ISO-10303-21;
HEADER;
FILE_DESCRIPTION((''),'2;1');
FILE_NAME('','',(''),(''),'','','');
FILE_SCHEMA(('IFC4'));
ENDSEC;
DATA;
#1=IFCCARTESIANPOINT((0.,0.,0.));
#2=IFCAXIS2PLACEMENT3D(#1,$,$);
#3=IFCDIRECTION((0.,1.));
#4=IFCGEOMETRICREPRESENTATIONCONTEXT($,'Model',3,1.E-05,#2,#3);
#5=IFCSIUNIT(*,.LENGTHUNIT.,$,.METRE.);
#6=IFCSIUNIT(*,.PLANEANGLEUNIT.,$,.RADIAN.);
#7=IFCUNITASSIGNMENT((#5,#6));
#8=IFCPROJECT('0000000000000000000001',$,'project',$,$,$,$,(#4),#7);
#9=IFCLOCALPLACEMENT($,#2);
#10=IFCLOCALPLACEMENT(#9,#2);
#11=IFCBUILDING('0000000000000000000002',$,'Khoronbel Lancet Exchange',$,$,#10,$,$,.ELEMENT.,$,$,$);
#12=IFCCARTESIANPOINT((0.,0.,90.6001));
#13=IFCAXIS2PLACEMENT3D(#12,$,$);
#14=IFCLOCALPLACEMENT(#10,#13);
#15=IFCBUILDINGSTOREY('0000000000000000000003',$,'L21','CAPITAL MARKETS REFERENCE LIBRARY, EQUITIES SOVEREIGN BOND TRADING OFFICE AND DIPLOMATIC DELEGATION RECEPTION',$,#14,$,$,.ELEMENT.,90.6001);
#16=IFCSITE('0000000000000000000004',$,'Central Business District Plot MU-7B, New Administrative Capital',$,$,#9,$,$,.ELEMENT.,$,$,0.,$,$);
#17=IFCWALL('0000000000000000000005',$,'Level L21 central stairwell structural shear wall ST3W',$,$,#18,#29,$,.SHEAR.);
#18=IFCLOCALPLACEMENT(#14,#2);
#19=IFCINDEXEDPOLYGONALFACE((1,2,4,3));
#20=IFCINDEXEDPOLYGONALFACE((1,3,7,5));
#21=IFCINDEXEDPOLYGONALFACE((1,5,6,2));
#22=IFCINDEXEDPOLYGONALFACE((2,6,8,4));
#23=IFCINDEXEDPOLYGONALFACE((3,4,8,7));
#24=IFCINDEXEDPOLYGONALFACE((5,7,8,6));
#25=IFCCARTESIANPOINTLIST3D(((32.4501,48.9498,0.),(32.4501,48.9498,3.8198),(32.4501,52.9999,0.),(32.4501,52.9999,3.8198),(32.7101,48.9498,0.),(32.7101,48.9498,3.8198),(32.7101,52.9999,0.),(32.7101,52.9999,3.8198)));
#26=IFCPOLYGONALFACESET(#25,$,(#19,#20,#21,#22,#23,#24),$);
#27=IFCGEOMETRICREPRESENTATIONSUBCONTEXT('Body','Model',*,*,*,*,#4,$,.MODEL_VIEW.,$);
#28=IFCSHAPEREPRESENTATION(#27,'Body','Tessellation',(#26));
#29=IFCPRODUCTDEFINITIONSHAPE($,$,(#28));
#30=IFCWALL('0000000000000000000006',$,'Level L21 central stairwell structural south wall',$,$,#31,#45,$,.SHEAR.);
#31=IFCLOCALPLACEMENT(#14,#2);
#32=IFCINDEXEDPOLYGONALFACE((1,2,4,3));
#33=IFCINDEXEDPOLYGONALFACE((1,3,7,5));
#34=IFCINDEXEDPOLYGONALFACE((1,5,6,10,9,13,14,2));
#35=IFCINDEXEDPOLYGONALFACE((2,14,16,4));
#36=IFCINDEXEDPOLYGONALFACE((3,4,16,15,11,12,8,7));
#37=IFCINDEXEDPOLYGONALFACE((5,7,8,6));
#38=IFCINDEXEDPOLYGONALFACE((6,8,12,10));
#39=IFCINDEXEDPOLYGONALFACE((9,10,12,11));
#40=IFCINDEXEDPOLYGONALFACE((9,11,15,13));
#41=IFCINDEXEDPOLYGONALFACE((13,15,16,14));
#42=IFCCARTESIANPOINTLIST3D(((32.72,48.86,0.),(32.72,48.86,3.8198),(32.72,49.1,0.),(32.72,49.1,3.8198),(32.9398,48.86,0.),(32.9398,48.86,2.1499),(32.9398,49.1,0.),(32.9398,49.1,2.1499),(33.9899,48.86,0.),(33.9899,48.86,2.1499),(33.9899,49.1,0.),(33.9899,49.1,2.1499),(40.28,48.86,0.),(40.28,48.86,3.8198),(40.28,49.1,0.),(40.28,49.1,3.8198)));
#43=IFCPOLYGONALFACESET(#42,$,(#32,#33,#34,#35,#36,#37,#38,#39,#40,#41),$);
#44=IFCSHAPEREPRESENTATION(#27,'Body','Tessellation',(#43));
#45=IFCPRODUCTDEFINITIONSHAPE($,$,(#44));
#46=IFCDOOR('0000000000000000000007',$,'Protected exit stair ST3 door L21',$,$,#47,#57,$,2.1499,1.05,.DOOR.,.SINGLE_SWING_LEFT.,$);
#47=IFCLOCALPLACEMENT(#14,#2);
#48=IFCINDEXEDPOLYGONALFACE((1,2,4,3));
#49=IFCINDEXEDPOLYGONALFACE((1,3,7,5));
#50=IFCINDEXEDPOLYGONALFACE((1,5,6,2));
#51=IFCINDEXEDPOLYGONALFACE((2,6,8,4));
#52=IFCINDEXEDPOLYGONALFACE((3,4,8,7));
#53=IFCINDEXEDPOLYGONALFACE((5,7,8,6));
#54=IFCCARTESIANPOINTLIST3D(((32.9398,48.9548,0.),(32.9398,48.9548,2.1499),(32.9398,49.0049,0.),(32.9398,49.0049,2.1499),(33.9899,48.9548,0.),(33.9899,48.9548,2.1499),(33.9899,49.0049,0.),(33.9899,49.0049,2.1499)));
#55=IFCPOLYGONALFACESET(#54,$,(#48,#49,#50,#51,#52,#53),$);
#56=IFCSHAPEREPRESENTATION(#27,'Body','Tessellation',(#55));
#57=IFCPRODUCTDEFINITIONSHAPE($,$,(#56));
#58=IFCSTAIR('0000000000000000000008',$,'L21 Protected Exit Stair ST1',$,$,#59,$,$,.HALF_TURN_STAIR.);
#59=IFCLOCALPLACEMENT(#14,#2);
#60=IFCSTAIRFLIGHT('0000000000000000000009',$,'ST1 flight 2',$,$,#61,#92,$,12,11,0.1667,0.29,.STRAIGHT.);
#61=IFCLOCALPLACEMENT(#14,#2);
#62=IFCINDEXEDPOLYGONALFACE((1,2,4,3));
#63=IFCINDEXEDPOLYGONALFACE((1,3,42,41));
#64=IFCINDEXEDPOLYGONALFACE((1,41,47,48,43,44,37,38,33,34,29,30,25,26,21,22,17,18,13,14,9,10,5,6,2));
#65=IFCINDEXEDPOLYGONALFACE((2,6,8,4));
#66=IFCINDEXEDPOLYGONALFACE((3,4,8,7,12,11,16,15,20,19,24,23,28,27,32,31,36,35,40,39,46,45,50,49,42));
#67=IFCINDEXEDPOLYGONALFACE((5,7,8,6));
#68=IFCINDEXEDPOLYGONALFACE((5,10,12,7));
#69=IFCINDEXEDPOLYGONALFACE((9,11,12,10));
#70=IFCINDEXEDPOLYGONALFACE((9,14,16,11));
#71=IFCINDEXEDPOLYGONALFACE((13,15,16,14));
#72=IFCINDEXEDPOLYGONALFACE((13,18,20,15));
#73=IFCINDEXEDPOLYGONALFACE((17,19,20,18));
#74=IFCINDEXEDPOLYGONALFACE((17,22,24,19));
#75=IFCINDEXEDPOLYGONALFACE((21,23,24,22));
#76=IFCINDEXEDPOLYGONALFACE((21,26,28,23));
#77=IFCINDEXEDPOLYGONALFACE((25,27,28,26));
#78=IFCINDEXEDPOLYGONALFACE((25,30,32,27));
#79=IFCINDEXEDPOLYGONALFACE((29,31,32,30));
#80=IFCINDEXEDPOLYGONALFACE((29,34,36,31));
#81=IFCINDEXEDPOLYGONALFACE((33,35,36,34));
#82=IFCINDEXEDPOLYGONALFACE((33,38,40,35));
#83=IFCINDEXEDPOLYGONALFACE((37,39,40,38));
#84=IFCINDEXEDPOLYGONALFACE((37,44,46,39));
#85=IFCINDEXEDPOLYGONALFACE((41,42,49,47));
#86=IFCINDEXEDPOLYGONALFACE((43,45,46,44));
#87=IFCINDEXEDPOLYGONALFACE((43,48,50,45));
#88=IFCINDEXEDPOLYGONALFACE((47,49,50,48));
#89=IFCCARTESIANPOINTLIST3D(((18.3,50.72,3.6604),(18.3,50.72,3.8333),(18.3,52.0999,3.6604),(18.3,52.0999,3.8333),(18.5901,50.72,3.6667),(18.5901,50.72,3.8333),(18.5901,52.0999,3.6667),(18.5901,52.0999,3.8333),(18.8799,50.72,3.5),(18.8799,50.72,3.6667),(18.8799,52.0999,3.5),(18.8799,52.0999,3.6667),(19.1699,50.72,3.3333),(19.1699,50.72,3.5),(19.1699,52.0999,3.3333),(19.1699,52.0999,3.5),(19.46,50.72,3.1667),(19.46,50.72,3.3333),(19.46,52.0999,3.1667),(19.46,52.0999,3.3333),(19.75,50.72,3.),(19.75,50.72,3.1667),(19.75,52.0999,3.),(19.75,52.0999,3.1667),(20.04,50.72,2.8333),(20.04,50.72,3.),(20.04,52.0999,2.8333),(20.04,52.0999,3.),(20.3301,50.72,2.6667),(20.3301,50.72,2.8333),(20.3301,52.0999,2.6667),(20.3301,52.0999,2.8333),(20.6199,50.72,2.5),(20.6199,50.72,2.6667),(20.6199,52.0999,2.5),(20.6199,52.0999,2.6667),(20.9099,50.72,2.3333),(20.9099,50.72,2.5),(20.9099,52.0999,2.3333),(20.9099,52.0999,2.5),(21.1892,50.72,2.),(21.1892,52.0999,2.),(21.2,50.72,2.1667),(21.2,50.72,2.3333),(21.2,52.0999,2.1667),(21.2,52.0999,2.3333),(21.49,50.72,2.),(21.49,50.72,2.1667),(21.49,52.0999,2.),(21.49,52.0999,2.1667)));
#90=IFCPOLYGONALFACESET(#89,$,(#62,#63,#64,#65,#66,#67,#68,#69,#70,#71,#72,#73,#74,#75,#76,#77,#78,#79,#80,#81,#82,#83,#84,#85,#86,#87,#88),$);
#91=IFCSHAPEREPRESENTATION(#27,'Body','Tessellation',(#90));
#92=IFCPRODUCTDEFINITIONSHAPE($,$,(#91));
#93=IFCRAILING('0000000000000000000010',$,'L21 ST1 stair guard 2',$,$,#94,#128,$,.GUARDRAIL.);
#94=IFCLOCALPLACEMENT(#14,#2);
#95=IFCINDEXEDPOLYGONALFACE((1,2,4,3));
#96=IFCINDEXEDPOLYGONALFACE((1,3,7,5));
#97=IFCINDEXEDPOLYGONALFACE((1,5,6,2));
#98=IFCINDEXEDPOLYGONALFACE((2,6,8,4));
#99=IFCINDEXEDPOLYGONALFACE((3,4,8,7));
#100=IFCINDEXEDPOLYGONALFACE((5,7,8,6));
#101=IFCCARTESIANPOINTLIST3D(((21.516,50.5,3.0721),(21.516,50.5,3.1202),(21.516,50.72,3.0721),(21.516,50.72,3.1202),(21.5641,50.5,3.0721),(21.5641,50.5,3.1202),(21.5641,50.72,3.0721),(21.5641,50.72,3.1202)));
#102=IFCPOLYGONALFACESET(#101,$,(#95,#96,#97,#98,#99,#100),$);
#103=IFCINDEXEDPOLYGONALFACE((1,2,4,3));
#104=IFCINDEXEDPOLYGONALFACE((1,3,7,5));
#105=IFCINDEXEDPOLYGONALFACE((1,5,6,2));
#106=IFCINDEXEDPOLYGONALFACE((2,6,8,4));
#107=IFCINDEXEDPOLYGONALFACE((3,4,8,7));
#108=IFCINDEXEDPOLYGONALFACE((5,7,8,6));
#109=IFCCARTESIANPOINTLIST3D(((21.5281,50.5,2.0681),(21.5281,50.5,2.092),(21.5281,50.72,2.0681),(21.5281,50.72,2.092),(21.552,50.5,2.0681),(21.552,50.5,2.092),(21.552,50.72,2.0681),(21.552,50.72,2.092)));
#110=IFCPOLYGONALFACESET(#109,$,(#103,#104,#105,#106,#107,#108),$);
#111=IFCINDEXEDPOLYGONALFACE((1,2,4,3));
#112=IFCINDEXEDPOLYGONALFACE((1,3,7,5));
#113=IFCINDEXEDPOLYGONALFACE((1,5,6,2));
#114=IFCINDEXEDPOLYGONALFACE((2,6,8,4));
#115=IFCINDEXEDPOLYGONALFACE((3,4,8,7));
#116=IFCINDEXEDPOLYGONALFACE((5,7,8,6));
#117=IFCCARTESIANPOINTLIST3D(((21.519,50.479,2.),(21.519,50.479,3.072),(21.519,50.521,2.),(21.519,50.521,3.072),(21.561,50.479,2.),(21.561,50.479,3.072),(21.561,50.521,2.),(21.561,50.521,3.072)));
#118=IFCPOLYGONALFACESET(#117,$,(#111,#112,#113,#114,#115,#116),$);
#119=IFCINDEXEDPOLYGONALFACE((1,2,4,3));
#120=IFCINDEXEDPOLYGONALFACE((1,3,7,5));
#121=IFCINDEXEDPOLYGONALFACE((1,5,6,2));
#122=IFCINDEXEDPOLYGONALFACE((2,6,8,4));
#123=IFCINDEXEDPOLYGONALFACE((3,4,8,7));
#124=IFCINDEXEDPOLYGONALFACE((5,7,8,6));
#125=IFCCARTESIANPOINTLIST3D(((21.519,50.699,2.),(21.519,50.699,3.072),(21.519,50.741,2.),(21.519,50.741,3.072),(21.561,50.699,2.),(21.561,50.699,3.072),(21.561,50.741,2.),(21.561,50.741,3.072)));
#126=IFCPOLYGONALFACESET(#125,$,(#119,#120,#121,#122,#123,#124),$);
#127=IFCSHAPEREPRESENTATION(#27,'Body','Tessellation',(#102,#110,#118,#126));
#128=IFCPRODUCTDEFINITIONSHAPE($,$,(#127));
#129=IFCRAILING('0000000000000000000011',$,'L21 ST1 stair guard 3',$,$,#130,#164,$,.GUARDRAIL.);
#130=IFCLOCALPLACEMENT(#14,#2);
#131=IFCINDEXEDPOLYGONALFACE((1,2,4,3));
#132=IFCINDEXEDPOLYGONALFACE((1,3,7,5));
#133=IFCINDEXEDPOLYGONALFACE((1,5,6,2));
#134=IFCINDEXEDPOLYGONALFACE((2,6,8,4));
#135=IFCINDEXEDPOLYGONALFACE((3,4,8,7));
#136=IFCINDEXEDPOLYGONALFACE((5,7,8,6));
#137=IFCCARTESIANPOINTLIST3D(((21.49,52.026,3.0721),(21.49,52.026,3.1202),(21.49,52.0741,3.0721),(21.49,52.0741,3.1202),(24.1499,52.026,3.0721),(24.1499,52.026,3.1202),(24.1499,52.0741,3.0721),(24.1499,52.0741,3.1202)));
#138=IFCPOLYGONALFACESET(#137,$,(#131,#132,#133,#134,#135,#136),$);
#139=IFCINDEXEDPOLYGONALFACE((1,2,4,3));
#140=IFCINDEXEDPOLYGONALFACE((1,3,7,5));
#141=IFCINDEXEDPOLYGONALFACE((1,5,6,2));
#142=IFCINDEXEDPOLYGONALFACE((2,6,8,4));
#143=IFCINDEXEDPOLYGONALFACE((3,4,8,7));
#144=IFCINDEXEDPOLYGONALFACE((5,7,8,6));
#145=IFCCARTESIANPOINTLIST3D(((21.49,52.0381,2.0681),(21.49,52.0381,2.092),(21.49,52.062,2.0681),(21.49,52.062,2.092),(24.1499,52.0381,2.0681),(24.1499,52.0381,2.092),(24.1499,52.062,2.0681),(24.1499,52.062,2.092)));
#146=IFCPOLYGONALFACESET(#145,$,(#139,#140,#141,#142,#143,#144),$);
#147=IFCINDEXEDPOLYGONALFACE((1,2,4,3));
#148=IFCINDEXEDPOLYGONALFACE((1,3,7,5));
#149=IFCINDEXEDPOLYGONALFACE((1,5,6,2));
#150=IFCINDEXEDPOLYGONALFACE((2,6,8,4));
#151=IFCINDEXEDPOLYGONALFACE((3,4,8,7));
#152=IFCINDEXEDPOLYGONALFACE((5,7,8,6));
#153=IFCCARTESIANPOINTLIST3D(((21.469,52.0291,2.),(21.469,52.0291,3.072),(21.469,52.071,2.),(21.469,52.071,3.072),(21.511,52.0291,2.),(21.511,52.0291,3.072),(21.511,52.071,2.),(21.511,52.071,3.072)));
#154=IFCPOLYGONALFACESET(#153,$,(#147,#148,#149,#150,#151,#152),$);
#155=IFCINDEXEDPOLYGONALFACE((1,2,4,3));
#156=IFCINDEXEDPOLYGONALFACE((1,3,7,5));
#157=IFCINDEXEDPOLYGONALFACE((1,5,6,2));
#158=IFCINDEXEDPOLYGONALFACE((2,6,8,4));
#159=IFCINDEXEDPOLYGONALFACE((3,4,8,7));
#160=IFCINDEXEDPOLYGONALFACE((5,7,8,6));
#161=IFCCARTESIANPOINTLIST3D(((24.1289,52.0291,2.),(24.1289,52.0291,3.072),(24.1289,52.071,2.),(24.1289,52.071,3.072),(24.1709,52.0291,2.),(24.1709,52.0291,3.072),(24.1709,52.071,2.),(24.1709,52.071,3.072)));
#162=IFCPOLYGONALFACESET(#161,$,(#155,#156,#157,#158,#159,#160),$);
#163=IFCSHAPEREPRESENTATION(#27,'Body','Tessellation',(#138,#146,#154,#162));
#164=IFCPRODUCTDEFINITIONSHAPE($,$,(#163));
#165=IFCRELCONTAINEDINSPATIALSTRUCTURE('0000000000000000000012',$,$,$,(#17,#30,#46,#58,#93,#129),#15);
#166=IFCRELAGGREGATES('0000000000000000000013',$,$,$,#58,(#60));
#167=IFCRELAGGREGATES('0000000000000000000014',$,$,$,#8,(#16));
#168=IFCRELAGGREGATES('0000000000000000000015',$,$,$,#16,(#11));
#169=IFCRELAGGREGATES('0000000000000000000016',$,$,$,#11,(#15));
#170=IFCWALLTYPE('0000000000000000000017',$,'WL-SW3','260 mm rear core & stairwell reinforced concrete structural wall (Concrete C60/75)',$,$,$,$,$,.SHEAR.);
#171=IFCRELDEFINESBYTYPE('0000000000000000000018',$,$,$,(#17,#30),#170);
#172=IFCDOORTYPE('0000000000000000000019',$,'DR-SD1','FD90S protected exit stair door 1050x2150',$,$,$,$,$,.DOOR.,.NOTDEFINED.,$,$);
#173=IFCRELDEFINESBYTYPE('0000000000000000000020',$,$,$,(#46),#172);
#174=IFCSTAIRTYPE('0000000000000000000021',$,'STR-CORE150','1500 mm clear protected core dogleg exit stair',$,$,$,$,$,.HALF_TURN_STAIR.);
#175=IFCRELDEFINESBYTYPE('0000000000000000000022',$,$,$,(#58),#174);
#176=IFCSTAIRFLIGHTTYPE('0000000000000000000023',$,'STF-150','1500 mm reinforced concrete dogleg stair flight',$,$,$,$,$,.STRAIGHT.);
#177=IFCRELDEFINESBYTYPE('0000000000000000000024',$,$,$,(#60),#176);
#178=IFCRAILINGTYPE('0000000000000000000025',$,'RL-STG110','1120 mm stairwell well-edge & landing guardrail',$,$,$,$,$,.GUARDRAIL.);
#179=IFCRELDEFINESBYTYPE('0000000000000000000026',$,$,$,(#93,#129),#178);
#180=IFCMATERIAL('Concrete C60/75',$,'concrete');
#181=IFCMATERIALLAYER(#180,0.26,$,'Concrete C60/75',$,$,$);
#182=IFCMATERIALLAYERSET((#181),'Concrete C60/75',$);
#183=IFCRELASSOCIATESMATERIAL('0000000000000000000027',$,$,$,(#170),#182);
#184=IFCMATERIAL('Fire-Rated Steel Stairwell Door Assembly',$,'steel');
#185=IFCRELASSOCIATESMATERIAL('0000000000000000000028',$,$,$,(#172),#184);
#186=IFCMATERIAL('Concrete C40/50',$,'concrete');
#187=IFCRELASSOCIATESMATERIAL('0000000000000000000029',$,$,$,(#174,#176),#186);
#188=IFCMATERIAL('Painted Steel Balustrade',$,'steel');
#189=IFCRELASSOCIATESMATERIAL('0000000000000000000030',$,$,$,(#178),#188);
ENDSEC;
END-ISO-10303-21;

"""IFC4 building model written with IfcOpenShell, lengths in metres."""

from ifc_helpers import new_model, si_unit, direction, frame, frame_2d, origin, origin_2d, place, context, subcontext, project, spatial, polyline, rectangle, outline, extrude, material, layer, layer_set, type_object, element, fill, aggregate, save


model = new_model("IFC4")

# Units and contexts
model_context = context("Model", 3, precision=1e-05, world=origin(), true_north=direction((0.0, 1.0)))
body_context = subcontext(model_context, "Body", "Model", "MODEL_VIEW")
ifc_project = project(units=[si_unit("LENGTHUNIT", "METRE"), si_unit("PLANEANGLEUNIT", "RADIAN")], contexts=[model_context])

# Site, building, storey
site_placement = place(None, origin())
site = spatial("IfcSite", under=ifc_project, at=site_placement, Name="Central Business District Plot MU-7B, New Administrative Capital", CompositionType="ELEMENT", RefElevation=0.0)
building_placement = place(site_placement, origin())
building = spatial("IfcBuilding", under=site, at=building_placement, Name="Khoronbel Lancet Exchange", CompositionType="ELEMENT")
storey_placement = place(building_placement, frame((0.0, 0.0, 90.6001)))
storey = spatial("IfcBuildingStorey", under=building, at=storey_placement, Name="L21", Description="CAPITAL MARKETS REFERENCE LIBRARY, EQUITIES SOVEREIGN BOND TRADING OFFICE AND DIPLOMATIC DELEGATION RECEPTION", CompositionType="ELEMENT", Elevation=90.6001)

# Wall
ifc_material_1 = material(Name="Concrete C60/75", Category="concrete")
ifc_layer_1 = layer(ifc_material_1, 0.26, Name="Concrete C60/75")
ifc_layer_set_1 = layer_set([ifc_layer_1], Name="Concrete C60/75")
wall_type_1 = type_object("IfcWallType", Name="WL-SW3", Description="260 mm rear core & stairwell reinforced concrete structural wall (Concrete C60/75)", PredefinedType="SHEAR", material=ifc_layer_set_1)
wall_1_placement = place(storey_placement, frame((32.5801, 48.95, 0.0), z_axis=(0.0, 0.0, 1.0), x_axis=(0.0, 1.0, 0.0)))
element("IfcWall", 1, at=wall_1_placement, inside=storey, type_object=wall_type_1, Name="Level L21 central stairwell structural shear wall ST3W", PredefinedType="SHEAR", context=body_context, shape_type="SweptSolid", body=[
    extrude(rectangle(XDim=4.05, YDim=0.26, at=frame_2d((2.0249, 0.0))), origin(), (0.0, 0.0, 1.0), 3.8198),
])

# Wall, opening, door
wall_2_placement = place(storey_placement, frame((32.72, 48.98, 0.0), z_axis=(0.0, 0.0, 1.0), x_axis=(1.0, 0.0, 0.0)))
wall_2 = element("IfcWall", 2, at=wall_2_placement, inside=storey, type_object=wall_type_1, Name="Level L21 central stairwell structural south wall", PredefinedType="SHEAR", context=body_context, shape_type="SweptSolid", body=[
    extrude(rectangle(XDim=7.5601, YDim=0.24, at=frame_2d((3.78, 0.0))), origin(), (0.0, 0.0, 1.0), 3.8198),
])
opening_1_placement = place(wall_2_placement, frame((0.22, 0.0, 0.0)))
opening_1 = element("IfcOpeningElement", 3, at=opening_1_placement, cuts=wall_2, PredefinedType="OPENING", context=body_context, shape_type="SweptSolid", body=[
    extrude(rectangle(XDim=1.05, YDim=2.1499, at=frame_2d((0.5249, 1.075))), frame((0.0, 0.1299, 0.0), z_axis=(0.0, -1.0, 0.0), x_axis=(1.0, 0.0, 0.0)), (0.0, 0.0, 1.0), 0.26),
])
ifc_material_2 = material(Name="Fire-Rated Steel Stairwell Door Assembly", Category="steel")
door_type_1 = type_object("IfcDoorType", Name="DR-SD1", Description="FD90S protected exit stair door 1050x2150", OperationType="NOTDEFINED", PredefinedType="DOOR", material=ifc_material_2)
door_1_placement = place(opening_1_placement, origin())
door_1 = element("IfcDoor", 4, at=door_1_placement, inside=storey, type_object=door_type_1, Name="Protected exit stair ST3 door L21", OperationType="SINGLE_SWING_LEFT", OverallHeight=2.1499, OverallWidth=1.05, PredefinedType="DOOR", context=body_context, shape_type="SweptSolid", body=[
    extrude(rectangle(XDim=1.05, YDim=2.1499, at=frame_2d((0.5249, 1.075))), frame((0.0, 0.0249, 0.0), z_axis=(0.0, -1.0, 0.0), x_axis=(1.0, 0.0, 0.0)), (0.0, 0.0, 1.0), 0.05),
])
fill(opening_1, door_1)

# Stair, stair flight
ifc_material_3 = material(Name="Concrete C40/50", Category="concrete")
stair_type = type_object("IfcStairType", Name="STR-CORE150", Description="1500 mm clear protected core dogleg exit stair", PredefinedType="HALF_TURN_STAIR", material=ifc_material_3)
stair_placement = place(storey_placement, origin())
stair = element("IfcStair", 5, at=stair_placement, inside=storey, type_object=stair_type, Name="L21 Protected Exit Stair ST1", PredefinedType="HALF_TURN_STAIR")
stair_flight_type = type_object("IfcStairFlightType", Name="STF-150", Description="1500 mm reinforced concrete dogleg stair flight", PredefinedType="STRAIGHT", material=ifc_material_3)
stair_flight_placement = place(storey_placement, frame((21.49, 51.4099, 2.0), z_axis=(0.0, 0.0, 1.0), x_axis=(-1.0, 0.0, 0.0)))
stair_flight = element("IfcStairFlight", 6, at=stair_flight_placement, type_object=stair_flight_type, Name="ST1 flight 2", NumberOfRisers=12, NumberOfTreads=11, PredefinedType="STRAIGHT", RiserHeight=0.1667, TreadLength=0.29, context=body_context, shape_type="SweptSolid", body=[
    extrude(outline(polyline([(0.0, 0.0), (0.0, 0.1667), (0.29, 0.1667), (0.29, 0.3333), (0.5801, 0.3333), (0.5801, 0.5), (0.8701, 0.5), (0.8701, 0.6667), (1.1599, 0.6667), (1.1599, 0.8333), (1.45, 0.8333), (1.45, 1.0), (1.74, 1.0), (1.74, 1.1667), (2.03, 1.1667), (2.03, 1.3333), (2.3201, 1.3333), (2.3201, 1.5), (2.6101, 1.5), (2.6101, 1.6667), (2.8999, 1.6667), (2.8999, 1.8333), (3.1899, 1.8333), (3.1899, 2.0), (3.1899, 1.6604), (0.3008, 0.0), (0.0, 0.0)])), frame((0.0, 0.6899, 0.0), z_axis=(0.0, -1.0, 0.0), x_axis=(1.0, 0.0, 0.0)), (0.0, 0.0, 1.0), 1.3799),
])
aggregate(stair, [stair_flight])

# Railings
ifc_material_4 = material(Name="Painted Steel Balustrade", Category="steel")
railing_type_1 = type_object("IfcRailingType", Name="RL-STG110", Description="1120 mm stairwell well-edge & landing guardrail", PredefinedType="GUARDRAIL", material=ifc_material_4)
railing_1_placement = place(storey_placement, frame((21.54, 50.5, 2.0)))
element("IfcRailing", 7, at=railing_1_placement, inside=storey, type_object=railing_type_1, Name="L21 ST1 stair guard 2", PredefinedType="GUARDRAIL", context=body_context, shape_type="SweptSolid", body=[
    extrude(rectangle(XDim=0.0481, YDim=0.0481, at=origin_2d()), frame((0.0, 0.0, 1.0962), z_axis=(0.0, 1.0, 0.0), x_axis=(-1.0, 0.0, 0.0)), (0.0, 0.0, 1.0), 0.22),
    extrude(rectangle(XDim=0.0239, YDim=0.0239, at=origin_2d()), frame((0.0, 0.0, 0.0801), z_axis=(0.0, 1.0, 0.0), x_axis=(-1.0, 0.0, 0.0)), (0.0, 0.0, 1.0), 0.22),
    extrude(rectangle(XDim=0.042, YDim=0.042, at=origin_2d()), origin(), (0.0, 0.0, 1.0), 1.072),
    extrude(rectangle(XDim=0.042, YDim=0.042, at=origin_2d()), frame((0.0, 0.22, 0.0)), (0.0, 0.0, 1.0), 1.072),
])
railing_2_placement = place(storey_placement, frame((21.49, 52.05, 2.0)))
element("IfcRailing", 8, at=railing_2_placement, inside=storey, type_object=railing_type_1, Name="L21 ST1 stair guard 3", PredefinedType="GUARDRAIL", context=body_context, shape_type="SweptSolid", body=[
    extrude(rectangle(XDim=0.0481, YDim=0.0481, at=origin_2d()), frame((0.0, 0.0, 1.0962), z_axis=(1.0, 0.0, 0.0), x_axis=(0.0, 1.0, 0.0)), (0.0, 0.0, 1.0), 2.6599),
    extrude(rectangle(XDim=0.0239, YDim=0.0239, at=origin_2d()), frame((0.0, 0.0, 0.0801), z_axis=(1.0, 0.0, 0.0), x_axis=(0.0, 1.0, 0.0)), (0.0, 0.0, 1.0), 2.6599),
    extrude(rectangle(XDim=0.042, YDim=0.042, at=origin_2d()), origin(), (0.0, 0.0, 1.0), 1.072),
    extrude(rectangle(XDim=0.042, YDim=0.042, at=origin_2d()), frame((2.6599, 0.0, 0.0)), (0.0, 0.0, 1.0), 1.072),
])

save(model, "model.ifc")
